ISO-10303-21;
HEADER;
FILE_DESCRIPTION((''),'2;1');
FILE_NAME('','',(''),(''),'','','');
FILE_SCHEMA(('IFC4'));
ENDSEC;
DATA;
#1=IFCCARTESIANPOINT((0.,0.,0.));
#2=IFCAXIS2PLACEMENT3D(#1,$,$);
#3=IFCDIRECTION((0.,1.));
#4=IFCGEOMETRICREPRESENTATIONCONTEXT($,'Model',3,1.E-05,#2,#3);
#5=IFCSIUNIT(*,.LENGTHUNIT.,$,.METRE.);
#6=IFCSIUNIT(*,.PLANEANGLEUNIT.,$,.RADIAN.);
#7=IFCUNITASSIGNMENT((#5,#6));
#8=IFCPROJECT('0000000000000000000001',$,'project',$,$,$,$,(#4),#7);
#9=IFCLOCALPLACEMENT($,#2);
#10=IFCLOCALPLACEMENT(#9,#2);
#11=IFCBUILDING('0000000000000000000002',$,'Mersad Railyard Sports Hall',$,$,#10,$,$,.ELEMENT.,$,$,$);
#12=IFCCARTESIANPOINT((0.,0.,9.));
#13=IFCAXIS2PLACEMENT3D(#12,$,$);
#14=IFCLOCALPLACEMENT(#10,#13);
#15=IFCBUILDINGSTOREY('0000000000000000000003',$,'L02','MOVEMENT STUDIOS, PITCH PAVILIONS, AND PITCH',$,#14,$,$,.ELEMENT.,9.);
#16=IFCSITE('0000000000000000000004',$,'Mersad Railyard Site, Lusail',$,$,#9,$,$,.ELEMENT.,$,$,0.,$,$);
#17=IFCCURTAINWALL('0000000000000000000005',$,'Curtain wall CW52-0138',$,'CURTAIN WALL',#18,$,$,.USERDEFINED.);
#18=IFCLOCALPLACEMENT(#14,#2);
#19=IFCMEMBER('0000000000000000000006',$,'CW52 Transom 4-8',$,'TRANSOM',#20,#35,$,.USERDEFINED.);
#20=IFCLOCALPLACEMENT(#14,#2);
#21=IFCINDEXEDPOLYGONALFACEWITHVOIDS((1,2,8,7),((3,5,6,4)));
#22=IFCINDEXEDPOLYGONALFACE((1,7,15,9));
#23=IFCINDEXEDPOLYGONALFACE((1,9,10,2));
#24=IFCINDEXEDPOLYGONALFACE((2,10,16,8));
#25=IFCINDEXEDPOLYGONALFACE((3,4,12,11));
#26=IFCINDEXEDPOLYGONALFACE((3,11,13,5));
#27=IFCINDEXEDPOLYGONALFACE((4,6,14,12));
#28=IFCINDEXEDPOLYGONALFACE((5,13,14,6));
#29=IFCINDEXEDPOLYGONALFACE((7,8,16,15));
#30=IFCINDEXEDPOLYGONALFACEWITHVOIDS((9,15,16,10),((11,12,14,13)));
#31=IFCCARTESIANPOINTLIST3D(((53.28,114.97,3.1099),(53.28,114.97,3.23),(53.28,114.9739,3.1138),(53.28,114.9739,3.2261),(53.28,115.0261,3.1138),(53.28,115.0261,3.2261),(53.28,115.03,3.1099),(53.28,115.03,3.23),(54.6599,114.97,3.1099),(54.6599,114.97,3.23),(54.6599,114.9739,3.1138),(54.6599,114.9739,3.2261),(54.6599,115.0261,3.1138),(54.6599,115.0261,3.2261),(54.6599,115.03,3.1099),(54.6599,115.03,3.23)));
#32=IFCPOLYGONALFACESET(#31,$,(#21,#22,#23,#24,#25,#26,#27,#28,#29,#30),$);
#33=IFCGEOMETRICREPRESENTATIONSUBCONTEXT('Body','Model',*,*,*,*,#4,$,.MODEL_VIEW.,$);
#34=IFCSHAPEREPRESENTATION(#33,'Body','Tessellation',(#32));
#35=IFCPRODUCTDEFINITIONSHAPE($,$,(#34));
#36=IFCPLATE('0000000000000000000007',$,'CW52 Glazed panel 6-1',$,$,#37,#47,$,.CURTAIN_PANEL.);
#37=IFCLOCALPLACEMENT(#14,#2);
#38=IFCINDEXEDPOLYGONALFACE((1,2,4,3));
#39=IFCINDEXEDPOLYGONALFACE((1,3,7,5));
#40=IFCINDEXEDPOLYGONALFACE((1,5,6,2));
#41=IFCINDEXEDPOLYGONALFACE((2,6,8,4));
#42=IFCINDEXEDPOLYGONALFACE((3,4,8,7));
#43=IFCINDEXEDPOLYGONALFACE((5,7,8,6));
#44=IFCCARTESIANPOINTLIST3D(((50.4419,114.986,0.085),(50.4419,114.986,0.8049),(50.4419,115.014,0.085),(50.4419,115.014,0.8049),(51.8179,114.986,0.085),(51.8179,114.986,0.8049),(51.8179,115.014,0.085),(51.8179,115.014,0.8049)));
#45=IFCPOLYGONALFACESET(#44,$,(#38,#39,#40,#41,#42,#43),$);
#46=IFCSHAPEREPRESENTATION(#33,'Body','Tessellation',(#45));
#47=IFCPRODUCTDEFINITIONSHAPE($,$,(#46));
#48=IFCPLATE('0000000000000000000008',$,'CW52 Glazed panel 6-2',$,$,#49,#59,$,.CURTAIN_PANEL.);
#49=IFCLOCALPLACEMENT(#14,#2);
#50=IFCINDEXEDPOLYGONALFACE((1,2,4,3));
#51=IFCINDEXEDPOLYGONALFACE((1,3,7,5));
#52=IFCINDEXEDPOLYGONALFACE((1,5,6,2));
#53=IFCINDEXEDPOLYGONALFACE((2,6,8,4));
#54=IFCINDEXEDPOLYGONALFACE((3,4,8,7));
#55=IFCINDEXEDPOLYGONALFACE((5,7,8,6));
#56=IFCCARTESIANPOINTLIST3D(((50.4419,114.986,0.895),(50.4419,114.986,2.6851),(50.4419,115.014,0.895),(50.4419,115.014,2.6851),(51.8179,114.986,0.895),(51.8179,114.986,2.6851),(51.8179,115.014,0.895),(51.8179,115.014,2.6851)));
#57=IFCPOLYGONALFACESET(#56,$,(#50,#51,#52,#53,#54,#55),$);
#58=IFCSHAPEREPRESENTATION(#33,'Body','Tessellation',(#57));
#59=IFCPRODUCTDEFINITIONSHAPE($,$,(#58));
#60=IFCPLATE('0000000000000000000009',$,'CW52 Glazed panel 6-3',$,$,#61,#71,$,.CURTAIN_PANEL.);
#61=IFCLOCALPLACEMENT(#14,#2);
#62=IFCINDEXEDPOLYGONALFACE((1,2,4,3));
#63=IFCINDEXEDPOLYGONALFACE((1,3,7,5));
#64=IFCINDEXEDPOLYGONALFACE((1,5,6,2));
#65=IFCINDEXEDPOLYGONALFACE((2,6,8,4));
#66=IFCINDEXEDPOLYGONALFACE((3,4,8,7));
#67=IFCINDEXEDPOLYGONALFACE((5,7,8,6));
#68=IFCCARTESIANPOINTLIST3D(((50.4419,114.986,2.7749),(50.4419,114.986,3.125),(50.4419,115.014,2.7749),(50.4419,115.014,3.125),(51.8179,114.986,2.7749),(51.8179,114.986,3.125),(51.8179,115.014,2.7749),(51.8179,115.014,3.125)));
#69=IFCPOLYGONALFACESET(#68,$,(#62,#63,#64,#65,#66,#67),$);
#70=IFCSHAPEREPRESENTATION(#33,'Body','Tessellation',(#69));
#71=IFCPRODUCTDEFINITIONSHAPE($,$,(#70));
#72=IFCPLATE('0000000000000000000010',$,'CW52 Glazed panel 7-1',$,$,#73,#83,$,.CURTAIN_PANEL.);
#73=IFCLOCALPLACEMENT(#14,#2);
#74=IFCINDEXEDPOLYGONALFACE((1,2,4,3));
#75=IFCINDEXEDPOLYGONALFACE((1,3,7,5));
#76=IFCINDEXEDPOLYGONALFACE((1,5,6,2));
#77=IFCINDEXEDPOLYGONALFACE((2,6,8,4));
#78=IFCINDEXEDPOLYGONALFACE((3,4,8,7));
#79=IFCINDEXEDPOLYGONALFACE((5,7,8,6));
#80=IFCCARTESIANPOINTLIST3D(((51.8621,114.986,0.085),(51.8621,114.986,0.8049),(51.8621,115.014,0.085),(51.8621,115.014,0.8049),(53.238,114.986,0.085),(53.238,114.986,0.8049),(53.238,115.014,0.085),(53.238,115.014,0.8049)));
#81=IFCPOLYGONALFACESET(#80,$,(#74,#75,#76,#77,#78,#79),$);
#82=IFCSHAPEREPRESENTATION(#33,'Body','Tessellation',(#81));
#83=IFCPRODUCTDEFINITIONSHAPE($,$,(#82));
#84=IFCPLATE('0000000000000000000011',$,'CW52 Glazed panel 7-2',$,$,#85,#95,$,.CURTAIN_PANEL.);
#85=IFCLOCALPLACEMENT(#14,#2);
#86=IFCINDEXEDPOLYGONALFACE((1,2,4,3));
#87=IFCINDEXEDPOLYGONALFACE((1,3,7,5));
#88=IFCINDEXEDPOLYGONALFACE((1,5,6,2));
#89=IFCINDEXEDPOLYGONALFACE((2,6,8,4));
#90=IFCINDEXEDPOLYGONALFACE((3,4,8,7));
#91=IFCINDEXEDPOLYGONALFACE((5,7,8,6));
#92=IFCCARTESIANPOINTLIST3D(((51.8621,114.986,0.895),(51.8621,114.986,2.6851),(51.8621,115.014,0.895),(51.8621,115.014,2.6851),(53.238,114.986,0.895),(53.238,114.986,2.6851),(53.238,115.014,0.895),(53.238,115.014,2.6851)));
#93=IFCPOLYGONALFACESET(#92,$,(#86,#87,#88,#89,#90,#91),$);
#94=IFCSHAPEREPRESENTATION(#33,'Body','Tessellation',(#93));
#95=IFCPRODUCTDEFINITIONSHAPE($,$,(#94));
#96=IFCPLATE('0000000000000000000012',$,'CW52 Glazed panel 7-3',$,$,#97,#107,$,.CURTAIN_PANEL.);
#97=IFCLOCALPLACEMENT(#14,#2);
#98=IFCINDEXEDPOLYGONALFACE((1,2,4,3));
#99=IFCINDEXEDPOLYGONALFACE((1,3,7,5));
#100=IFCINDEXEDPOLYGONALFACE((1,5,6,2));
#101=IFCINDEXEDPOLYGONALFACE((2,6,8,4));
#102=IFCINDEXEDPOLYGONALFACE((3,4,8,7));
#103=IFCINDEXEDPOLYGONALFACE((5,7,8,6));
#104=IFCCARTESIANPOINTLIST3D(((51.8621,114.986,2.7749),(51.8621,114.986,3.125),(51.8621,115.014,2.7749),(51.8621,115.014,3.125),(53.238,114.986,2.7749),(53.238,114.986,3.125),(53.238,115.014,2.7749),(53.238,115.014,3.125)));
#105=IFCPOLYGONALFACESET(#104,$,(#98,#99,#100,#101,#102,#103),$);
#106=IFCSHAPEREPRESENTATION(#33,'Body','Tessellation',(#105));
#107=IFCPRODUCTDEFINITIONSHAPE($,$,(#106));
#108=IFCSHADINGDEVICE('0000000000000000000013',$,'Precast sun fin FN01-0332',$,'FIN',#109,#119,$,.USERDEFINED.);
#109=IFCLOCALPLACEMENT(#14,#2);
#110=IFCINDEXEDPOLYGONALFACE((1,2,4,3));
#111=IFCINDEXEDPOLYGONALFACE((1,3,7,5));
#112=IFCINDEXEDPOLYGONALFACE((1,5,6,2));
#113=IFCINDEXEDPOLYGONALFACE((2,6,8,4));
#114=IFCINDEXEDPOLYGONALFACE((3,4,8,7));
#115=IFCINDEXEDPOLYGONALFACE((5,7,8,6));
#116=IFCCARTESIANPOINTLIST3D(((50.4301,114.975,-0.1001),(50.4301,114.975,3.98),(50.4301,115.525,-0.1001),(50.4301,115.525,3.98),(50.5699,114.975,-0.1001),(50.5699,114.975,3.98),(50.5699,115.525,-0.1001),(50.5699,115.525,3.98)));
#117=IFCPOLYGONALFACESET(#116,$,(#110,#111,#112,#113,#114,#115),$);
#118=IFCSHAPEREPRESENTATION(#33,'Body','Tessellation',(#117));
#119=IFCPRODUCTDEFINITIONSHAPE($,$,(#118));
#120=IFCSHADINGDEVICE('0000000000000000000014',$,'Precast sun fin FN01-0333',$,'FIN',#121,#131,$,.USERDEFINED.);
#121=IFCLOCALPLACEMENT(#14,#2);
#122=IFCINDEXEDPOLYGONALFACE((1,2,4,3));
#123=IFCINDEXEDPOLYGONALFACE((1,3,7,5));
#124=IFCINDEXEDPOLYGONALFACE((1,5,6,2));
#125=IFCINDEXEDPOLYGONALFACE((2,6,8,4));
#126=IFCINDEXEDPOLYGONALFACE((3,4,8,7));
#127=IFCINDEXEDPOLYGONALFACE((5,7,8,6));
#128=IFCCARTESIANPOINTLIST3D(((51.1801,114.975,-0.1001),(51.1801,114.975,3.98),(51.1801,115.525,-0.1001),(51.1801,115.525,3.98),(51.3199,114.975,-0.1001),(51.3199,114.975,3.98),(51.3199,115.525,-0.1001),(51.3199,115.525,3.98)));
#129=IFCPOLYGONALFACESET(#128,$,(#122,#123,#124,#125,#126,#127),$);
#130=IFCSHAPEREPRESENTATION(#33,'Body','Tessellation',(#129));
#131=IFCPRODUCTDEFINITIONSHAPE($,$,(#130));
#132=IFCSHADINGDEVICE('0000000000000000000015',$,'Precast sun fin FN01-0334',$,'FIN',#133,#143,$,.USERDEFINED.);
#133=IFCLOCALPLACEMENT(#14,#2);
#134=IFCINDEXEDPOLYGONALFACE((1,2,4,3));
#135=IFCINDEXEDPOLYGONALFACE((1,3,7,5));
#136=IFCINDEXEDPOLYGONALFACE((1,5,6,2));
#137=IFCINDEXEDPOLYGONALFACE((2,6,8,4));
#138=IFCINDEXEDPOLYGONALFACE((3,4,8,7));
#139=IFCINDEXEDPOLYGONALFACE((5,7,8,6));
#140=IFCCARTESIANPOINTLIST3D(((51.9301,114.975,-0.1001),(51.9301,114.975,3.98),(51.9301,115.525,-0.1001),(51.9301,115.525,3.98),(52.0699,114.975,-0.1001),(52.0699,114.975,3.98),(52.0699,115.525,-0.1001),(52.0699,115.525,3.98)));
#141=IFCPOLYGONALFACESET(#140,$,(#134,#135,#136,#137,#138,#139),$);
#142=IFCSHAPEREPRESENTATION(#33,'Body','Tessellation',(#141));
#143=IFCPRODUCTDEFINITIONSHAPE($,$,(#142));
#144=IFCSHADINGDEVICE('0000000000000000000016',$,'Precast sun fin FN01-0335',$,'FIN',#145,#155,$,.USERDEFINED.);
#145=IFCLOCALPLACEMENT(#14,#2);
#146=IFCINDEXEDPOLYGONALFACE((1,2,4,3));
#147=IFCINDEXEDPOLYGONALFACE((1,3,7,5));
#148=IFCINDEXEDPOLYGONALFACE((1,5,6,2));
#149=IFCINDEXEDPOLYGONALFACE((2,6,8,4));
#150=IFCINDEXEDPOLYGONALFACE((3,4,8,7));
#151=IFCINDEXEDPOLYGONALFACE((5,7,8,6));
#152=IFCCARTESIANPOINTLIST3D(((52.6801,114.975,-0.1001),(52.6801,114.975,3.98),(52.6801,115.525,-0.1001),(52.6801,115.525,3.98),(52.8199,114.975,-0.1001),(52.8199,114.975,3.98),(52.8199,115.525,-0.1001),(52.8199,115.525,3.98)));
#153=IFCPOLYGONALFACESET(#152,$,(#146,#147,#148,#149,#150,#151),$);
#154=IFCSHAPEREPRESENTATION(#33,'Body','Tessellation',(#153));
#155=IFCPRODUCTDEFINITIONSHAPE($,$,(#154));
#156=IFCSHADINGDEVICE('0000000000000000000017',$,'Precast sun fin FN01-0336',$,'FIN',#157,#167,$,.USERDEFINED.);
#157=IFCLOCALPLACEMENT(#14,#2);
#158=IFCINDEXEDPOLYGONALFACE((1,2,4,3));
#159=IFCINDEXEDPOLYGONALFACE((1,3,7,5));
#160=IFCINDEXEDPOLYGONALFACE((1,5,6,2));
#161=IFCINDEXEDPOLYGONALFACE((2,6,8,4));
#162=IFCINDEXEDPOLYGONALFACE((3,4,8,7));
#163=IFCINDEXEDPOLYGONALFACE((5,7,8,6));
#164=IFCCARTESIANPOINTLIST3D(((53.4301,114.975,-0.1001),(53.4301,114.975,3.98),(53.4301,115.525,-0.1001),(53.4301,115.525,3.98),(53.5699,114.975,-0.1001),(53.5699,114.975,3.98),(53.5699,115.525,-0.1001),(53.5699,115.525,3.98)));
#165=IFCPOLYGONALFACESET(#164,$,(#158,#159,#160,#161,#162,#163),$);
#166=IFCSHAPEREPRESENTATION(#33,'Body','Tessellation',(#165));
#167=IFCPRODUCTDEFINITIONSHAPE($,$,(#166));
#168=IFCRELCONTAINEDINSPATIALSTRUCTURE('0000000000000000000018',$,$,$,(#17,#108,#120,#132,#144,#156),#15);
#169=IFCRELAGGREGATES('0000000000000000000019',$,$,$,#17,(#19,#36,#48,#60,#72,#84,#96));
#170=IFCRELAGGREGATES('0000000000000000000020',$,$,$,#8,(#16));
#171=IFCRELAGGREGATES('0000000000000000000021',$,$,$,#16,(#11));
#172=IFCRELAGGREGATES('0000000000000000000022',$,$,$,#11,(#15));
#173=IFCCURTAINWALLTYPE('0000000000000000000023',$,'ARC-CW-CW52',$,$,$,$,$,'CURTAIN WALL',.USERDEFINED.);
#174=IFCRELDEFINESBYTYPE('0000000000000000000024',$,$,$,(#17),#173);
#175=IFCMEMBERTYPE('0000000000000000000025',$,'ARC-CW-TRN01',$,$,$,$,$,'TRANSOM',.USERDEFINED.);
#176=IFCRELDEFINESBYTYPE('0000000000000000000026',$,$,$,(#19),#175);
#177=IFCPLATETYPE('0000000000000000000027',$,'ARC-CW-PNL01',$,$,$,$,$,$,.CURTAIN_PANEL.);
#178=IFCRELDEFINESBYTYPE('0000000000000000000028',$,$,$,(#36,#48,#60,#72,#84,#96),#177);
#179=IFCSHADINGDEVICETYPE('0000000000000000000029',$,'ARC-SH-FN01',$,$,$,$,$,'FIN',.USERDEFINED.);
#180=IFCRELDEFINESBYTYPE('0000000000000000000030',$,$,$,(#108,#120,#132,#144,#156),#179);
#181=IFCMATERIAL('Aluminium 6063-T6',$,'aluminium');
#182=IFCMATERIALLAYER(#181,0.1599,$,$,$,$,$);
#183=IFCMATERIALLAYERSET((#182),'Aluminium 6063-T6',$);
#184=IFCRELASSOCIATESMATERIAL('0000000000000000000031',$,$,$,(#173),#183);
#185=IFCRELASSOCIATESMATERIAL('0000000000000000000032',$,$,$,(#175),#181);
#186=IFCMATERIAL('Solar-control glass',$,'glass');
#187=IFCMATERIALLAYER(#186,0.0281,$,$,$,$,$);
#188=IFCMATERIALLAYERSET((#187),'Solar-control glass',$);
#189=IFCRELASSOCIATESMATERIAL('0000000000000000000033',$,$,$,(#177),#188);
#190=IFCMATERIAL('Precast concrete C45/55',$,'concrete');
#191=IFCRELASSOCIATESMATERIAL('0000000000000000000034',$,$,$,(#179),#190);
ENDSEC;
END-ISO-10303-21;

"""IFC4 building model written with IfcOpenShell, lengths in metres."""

from ifc_helpers import new_model, si_unit, direction, frame, origin, origin_2d, place, context, subcontext, project, spatial, rectangle, hollow_rectangle, extrude, material, layer, layer_set, material_profile, profile_set, type_object, element, aggregate, save


model = new_model("IFC4")

# Units and contexts
model_context = context("Model", 3, precision=1e-05, world=origin(), true_north=direction((0.0, 1.0)))
body_context = subcontext(model_context, "Body", "Model", "MODEL_VIEW")
ifc_project = project(units=[si_unit("LENGTHUNIT", "METRE"), si_unit("PLANEANGLEUNIT", "RADIAN")], contexts=[model_context])

# Site, building, storey
site_placement = place(None, origin())
site = spatial("IfcSite", under=ifc_project, at=site_placement, Name="Mersad Railyard Site, Lusail", CompositionType="ELEMENT", RefElevation=0.0)
building_placement = place(site_placement, origin())
building = spatial("IfcBuilding", under=site, at=building_placement, Name="Mersad Railyard Sports Hall", CompositionType="ELEMENT")
storey_placement = place(building_placement, frame((0.0, 0.0, 9.0)))
storey = spatial("IfcBuildingStorey", under=building, at=storey_placement, Name="L02", Description="MOVEMENT STUDIOS, PITCH PAVILIONS, AND PITCH", CompositionType="ELEMENT", Elevation=9.0)

# Curtain wall, member, plates
ifc_material_1 = material(Name="Aluminium 6063-T6", Category="aluminium")
ifc_layer_1 = layer(ifc_material_1, 0.1599)
ifc_layer_set_1 = layer_set([ifc_layer_1], Name="Aluminium 6063-T6")
curtain_wall_type = type_object("IfcCurtainWallType", Name="ARC-CW-CW52", ElementType="CURTAIN WALL", PredefinedType="USERDEFINED", material=ifc_layer_set_1)
curtain_wall_placement = place(storey_placement, origin())
curtain_wall = element("IfcCurtainWall", 1, at=curtain_wall_placement, inside=storey, type_object=curtain_wall_type, Name="Curtain wall CW52-0138", ObjectType="CURTAIN WALL", PredefinedType="USERDEFINED")
ifc_material_profile_1 = material_profile(ifc_material_1, hollow_rectangle(XDim=0.0601, YDim=0.1201, WallThickness=0.0039, at=origin_2d()), Name="AL TRANSOM 60x120x4")
ifc_profile_set_1 = profile_set([ifc_material_profile_1], Name="Aluminium 6063-T6")
member_type_1 = type_object("IfcMemberType", Name="ARC-CW-TRN01", ElementType="TRANSOM", PredefinedType="USERDEFINED", material=ifc_profile_set_1)
member_1_placement = place(storey_placement, frame((53.28, 115.0, 3.1699), z_axis=(1.0, 0.0, 0.0), x_axis=(0.0, 1.0, 0.0)))
member_1 = element("IfcMember", 2, at=member_1_placement, type_object=member_type_1, Name="CW52 Transom 4-8", ObjectType="TRANSOM", PredefinedType="USERDEFINED", context=body_context, shape_type="SweptSolid", body=[
    extrude(hollow_rectangle(XDim=0.0601, YDim=0.1201, WallThickness=0.0039, at=origin_2d()), origin(), (0.0, 0.0, 1.0), 1.3799),
])
ifc_material_2 = material(Name="Solar-control glass", Category="glass")
ifc_layer_2 = layer(ifc_material_2, 0.0281)
ifc_layer_set_2 = layer_set([ifc_layer_2], Name="Solar-control glass")
plate_type = type_object("IfcPlateType", Name="ARC-CW-PNL01", PredefinedType="CURTAIN_PANEL", material=ifc_layer_set_2)
plate_1_placement = place(storey_placement, frame((51.1299, 115.0, 0.085), z_axis=(0.0, 0.0, 1.0), x_axis=(1.0, 0.0, 0.0)))
plate_1 = element("IfcPlate", 3, at=plate_1_placement, type_object=plate_type, Name="CW52 Glazed panel 6-1", PredefinedType="CURTAIN_PANEL", context=body_context, shape_type="SweptSolid", body=[
    extrude(rectangle(XDim=1.376, YDim=0.0281, at=origin_2d()), origin(), (0.0, 0.0, 1.0), 0.72),
])
plate_2_placement = place(storey_placement, frame((51.1299, 115.0, 0.895), z_axis=(0.0, 0.0, 1.0), x_axis=(1.0, 0.0, 0.0)))
plate_2 = element("IfcPlate", 4, at=plate_2_placement, type_object=plate_type, Name="CW52 Glazed panel 6-2", PredefinedType="CURTAIN_PANEL", context=body_context, shape_type="SweptSolid", body=[
    extrude(rectangle(XDim=1.376, YDim=0.0281, at=origin_2d()), origin(), (0.0, 0.0, 1.0), 1.79),
])
plate_3_placement = place(storey_placement, frame((51.1299, 115.0, 2.7749), z_axis=(0.0, 0.0, 1.0), x_axis=(1.0, 0.0, 0.0)))
plate_3 = element("IfcPlate", 5, at=plate_3_placement, type_object=plate_type, Name="CW52 Glazed panel 6-3", PredefinedType="CURTAIN_PANEL", context=body_context, shape_type="SweptSolid", body=[
    extrude(rectangle(XDim=1.376, YDim=0.0281, at=origin_2d()), origin(), (0.0, 0.0, 1.0), 0.3501),
])
plate_4_placement = place(storey_placement, frame((52.55, 115.0, 0.085), z_axis=(0.0, 0.0, 1.0), x_axis=(1.0, 0.0, 0.0)))
plate_4 = element("IfcPlate", 6, at=plate_4_placement, type_object=plate_type, Name="CW52 Glazed panel 7-1", PredefinedType="CURTAIN_PANEL", context=body_context, shape_type="SweptSolid", body=[
    extrude(rectangle(XDim=1.376, YDim=0.0281, at=origin_2d()), origin(), (0.0, 0.0, 1.0), 0.72),
])
plate_5_placement = place(storey_placement, frame((52.55, 115.0, 0.895), z_axis=(0.0, 0.0, 1.0), x_axis=(1.0, 0.0, 0.0)))
plate_5 = element("IfcPlate", 7, at=plate_5_placement, type_object=plate_type, Name="CW52 Glazed panel 7-2", PredefinedType="CURTAIN_PANEL", context=body_context, shape_type="SweptSolid", body=[
    extrude(rectangle(XDim=1.376, YDim=0.0281, at=origin_2d()), origin(), (0.0, 0.0, 1.0), 1.79),
])
plate_6_placement = place(storey_placement, frame((52.55, 115.0, 2.7749), z_axis=(0.0, 0.0, 1.0), x_axis=(1.0, 0.0, 0.0)))
plate_6 = element("IfcPlate", 8, at=plate_6_placement, type_object=plate_type, Name="CW52 Glazed panel 7-3", PredefinedType="CURTAIN_PANEL", context=body_context, shape_type="SweptSolid", body=[
    extrude(rectangle(XDim=1.376, YDim=0.0281, at=origin_2d()), origin(), (0.0, 0.0, 1.0), 0.3501),
])
aggregate(curtain_wall, [member_1, plate_1, plate_2, plate_3, plate_4, plate_5, plate_6])

# Shading devices
ifc_material_3 = material(Name="Precast concrete C45/55", Category="concrete")
shading_device_type = type_object("IfcShadingDeviceType", Name="ARC-SH-FN01", ElementType="FIN", PredefinedType="USERDEFINED", material=ifc_material_3)
for number, where, z_axis, x_axis, name in (
    (9, (50.5, 115.25, -0.1001), (0.0, 0.0, 1.0), (1.0, 0.0, 0.0), "Precast sun fin FN01-0332"),
    (10, (51.25, 115.25, -0.1001), (0.0, 0.0, 1.0), (1.0, 0.0, 0.0), "Precast sun fin FN01-0333"),
    (11, (52.0, 115.25, -0.1001), (0.0, 0.0, 1.0), (1.0, 0.0, 0.0), "Precast sun fin FN01-0334"),
    (12, (52.75, 115.25, -0.1001), (0.0, 0.0, 1.0), (1.0, 0.0, 0.0), "Precast sun fin FN01-0335"),
    (13, (53.5, 115.25, -0.1001), (0.0, 0.0, 1.0), (1.0, 0.0, 0.0), "Precast sun fin FN01-0336"),
):
    element("IfcShadingDevice", number, at=place(storey_placement, frame(where, z_axis=z_axis, x_axis=x_axis)), inside=storey, type_object=shading_device_type, Name=name, ObjectType="FIN", PredefinedType="USERDEFINED", context=body_context, shape_type="SweptSolid", body=[
        extrude(rectangle(XDim=0.1399, YDim=0.55, at=origin_2d()), origin(), (0.0, 0.0, 1.0), 4.0801),
    ])

save(model, "model.ifc")
